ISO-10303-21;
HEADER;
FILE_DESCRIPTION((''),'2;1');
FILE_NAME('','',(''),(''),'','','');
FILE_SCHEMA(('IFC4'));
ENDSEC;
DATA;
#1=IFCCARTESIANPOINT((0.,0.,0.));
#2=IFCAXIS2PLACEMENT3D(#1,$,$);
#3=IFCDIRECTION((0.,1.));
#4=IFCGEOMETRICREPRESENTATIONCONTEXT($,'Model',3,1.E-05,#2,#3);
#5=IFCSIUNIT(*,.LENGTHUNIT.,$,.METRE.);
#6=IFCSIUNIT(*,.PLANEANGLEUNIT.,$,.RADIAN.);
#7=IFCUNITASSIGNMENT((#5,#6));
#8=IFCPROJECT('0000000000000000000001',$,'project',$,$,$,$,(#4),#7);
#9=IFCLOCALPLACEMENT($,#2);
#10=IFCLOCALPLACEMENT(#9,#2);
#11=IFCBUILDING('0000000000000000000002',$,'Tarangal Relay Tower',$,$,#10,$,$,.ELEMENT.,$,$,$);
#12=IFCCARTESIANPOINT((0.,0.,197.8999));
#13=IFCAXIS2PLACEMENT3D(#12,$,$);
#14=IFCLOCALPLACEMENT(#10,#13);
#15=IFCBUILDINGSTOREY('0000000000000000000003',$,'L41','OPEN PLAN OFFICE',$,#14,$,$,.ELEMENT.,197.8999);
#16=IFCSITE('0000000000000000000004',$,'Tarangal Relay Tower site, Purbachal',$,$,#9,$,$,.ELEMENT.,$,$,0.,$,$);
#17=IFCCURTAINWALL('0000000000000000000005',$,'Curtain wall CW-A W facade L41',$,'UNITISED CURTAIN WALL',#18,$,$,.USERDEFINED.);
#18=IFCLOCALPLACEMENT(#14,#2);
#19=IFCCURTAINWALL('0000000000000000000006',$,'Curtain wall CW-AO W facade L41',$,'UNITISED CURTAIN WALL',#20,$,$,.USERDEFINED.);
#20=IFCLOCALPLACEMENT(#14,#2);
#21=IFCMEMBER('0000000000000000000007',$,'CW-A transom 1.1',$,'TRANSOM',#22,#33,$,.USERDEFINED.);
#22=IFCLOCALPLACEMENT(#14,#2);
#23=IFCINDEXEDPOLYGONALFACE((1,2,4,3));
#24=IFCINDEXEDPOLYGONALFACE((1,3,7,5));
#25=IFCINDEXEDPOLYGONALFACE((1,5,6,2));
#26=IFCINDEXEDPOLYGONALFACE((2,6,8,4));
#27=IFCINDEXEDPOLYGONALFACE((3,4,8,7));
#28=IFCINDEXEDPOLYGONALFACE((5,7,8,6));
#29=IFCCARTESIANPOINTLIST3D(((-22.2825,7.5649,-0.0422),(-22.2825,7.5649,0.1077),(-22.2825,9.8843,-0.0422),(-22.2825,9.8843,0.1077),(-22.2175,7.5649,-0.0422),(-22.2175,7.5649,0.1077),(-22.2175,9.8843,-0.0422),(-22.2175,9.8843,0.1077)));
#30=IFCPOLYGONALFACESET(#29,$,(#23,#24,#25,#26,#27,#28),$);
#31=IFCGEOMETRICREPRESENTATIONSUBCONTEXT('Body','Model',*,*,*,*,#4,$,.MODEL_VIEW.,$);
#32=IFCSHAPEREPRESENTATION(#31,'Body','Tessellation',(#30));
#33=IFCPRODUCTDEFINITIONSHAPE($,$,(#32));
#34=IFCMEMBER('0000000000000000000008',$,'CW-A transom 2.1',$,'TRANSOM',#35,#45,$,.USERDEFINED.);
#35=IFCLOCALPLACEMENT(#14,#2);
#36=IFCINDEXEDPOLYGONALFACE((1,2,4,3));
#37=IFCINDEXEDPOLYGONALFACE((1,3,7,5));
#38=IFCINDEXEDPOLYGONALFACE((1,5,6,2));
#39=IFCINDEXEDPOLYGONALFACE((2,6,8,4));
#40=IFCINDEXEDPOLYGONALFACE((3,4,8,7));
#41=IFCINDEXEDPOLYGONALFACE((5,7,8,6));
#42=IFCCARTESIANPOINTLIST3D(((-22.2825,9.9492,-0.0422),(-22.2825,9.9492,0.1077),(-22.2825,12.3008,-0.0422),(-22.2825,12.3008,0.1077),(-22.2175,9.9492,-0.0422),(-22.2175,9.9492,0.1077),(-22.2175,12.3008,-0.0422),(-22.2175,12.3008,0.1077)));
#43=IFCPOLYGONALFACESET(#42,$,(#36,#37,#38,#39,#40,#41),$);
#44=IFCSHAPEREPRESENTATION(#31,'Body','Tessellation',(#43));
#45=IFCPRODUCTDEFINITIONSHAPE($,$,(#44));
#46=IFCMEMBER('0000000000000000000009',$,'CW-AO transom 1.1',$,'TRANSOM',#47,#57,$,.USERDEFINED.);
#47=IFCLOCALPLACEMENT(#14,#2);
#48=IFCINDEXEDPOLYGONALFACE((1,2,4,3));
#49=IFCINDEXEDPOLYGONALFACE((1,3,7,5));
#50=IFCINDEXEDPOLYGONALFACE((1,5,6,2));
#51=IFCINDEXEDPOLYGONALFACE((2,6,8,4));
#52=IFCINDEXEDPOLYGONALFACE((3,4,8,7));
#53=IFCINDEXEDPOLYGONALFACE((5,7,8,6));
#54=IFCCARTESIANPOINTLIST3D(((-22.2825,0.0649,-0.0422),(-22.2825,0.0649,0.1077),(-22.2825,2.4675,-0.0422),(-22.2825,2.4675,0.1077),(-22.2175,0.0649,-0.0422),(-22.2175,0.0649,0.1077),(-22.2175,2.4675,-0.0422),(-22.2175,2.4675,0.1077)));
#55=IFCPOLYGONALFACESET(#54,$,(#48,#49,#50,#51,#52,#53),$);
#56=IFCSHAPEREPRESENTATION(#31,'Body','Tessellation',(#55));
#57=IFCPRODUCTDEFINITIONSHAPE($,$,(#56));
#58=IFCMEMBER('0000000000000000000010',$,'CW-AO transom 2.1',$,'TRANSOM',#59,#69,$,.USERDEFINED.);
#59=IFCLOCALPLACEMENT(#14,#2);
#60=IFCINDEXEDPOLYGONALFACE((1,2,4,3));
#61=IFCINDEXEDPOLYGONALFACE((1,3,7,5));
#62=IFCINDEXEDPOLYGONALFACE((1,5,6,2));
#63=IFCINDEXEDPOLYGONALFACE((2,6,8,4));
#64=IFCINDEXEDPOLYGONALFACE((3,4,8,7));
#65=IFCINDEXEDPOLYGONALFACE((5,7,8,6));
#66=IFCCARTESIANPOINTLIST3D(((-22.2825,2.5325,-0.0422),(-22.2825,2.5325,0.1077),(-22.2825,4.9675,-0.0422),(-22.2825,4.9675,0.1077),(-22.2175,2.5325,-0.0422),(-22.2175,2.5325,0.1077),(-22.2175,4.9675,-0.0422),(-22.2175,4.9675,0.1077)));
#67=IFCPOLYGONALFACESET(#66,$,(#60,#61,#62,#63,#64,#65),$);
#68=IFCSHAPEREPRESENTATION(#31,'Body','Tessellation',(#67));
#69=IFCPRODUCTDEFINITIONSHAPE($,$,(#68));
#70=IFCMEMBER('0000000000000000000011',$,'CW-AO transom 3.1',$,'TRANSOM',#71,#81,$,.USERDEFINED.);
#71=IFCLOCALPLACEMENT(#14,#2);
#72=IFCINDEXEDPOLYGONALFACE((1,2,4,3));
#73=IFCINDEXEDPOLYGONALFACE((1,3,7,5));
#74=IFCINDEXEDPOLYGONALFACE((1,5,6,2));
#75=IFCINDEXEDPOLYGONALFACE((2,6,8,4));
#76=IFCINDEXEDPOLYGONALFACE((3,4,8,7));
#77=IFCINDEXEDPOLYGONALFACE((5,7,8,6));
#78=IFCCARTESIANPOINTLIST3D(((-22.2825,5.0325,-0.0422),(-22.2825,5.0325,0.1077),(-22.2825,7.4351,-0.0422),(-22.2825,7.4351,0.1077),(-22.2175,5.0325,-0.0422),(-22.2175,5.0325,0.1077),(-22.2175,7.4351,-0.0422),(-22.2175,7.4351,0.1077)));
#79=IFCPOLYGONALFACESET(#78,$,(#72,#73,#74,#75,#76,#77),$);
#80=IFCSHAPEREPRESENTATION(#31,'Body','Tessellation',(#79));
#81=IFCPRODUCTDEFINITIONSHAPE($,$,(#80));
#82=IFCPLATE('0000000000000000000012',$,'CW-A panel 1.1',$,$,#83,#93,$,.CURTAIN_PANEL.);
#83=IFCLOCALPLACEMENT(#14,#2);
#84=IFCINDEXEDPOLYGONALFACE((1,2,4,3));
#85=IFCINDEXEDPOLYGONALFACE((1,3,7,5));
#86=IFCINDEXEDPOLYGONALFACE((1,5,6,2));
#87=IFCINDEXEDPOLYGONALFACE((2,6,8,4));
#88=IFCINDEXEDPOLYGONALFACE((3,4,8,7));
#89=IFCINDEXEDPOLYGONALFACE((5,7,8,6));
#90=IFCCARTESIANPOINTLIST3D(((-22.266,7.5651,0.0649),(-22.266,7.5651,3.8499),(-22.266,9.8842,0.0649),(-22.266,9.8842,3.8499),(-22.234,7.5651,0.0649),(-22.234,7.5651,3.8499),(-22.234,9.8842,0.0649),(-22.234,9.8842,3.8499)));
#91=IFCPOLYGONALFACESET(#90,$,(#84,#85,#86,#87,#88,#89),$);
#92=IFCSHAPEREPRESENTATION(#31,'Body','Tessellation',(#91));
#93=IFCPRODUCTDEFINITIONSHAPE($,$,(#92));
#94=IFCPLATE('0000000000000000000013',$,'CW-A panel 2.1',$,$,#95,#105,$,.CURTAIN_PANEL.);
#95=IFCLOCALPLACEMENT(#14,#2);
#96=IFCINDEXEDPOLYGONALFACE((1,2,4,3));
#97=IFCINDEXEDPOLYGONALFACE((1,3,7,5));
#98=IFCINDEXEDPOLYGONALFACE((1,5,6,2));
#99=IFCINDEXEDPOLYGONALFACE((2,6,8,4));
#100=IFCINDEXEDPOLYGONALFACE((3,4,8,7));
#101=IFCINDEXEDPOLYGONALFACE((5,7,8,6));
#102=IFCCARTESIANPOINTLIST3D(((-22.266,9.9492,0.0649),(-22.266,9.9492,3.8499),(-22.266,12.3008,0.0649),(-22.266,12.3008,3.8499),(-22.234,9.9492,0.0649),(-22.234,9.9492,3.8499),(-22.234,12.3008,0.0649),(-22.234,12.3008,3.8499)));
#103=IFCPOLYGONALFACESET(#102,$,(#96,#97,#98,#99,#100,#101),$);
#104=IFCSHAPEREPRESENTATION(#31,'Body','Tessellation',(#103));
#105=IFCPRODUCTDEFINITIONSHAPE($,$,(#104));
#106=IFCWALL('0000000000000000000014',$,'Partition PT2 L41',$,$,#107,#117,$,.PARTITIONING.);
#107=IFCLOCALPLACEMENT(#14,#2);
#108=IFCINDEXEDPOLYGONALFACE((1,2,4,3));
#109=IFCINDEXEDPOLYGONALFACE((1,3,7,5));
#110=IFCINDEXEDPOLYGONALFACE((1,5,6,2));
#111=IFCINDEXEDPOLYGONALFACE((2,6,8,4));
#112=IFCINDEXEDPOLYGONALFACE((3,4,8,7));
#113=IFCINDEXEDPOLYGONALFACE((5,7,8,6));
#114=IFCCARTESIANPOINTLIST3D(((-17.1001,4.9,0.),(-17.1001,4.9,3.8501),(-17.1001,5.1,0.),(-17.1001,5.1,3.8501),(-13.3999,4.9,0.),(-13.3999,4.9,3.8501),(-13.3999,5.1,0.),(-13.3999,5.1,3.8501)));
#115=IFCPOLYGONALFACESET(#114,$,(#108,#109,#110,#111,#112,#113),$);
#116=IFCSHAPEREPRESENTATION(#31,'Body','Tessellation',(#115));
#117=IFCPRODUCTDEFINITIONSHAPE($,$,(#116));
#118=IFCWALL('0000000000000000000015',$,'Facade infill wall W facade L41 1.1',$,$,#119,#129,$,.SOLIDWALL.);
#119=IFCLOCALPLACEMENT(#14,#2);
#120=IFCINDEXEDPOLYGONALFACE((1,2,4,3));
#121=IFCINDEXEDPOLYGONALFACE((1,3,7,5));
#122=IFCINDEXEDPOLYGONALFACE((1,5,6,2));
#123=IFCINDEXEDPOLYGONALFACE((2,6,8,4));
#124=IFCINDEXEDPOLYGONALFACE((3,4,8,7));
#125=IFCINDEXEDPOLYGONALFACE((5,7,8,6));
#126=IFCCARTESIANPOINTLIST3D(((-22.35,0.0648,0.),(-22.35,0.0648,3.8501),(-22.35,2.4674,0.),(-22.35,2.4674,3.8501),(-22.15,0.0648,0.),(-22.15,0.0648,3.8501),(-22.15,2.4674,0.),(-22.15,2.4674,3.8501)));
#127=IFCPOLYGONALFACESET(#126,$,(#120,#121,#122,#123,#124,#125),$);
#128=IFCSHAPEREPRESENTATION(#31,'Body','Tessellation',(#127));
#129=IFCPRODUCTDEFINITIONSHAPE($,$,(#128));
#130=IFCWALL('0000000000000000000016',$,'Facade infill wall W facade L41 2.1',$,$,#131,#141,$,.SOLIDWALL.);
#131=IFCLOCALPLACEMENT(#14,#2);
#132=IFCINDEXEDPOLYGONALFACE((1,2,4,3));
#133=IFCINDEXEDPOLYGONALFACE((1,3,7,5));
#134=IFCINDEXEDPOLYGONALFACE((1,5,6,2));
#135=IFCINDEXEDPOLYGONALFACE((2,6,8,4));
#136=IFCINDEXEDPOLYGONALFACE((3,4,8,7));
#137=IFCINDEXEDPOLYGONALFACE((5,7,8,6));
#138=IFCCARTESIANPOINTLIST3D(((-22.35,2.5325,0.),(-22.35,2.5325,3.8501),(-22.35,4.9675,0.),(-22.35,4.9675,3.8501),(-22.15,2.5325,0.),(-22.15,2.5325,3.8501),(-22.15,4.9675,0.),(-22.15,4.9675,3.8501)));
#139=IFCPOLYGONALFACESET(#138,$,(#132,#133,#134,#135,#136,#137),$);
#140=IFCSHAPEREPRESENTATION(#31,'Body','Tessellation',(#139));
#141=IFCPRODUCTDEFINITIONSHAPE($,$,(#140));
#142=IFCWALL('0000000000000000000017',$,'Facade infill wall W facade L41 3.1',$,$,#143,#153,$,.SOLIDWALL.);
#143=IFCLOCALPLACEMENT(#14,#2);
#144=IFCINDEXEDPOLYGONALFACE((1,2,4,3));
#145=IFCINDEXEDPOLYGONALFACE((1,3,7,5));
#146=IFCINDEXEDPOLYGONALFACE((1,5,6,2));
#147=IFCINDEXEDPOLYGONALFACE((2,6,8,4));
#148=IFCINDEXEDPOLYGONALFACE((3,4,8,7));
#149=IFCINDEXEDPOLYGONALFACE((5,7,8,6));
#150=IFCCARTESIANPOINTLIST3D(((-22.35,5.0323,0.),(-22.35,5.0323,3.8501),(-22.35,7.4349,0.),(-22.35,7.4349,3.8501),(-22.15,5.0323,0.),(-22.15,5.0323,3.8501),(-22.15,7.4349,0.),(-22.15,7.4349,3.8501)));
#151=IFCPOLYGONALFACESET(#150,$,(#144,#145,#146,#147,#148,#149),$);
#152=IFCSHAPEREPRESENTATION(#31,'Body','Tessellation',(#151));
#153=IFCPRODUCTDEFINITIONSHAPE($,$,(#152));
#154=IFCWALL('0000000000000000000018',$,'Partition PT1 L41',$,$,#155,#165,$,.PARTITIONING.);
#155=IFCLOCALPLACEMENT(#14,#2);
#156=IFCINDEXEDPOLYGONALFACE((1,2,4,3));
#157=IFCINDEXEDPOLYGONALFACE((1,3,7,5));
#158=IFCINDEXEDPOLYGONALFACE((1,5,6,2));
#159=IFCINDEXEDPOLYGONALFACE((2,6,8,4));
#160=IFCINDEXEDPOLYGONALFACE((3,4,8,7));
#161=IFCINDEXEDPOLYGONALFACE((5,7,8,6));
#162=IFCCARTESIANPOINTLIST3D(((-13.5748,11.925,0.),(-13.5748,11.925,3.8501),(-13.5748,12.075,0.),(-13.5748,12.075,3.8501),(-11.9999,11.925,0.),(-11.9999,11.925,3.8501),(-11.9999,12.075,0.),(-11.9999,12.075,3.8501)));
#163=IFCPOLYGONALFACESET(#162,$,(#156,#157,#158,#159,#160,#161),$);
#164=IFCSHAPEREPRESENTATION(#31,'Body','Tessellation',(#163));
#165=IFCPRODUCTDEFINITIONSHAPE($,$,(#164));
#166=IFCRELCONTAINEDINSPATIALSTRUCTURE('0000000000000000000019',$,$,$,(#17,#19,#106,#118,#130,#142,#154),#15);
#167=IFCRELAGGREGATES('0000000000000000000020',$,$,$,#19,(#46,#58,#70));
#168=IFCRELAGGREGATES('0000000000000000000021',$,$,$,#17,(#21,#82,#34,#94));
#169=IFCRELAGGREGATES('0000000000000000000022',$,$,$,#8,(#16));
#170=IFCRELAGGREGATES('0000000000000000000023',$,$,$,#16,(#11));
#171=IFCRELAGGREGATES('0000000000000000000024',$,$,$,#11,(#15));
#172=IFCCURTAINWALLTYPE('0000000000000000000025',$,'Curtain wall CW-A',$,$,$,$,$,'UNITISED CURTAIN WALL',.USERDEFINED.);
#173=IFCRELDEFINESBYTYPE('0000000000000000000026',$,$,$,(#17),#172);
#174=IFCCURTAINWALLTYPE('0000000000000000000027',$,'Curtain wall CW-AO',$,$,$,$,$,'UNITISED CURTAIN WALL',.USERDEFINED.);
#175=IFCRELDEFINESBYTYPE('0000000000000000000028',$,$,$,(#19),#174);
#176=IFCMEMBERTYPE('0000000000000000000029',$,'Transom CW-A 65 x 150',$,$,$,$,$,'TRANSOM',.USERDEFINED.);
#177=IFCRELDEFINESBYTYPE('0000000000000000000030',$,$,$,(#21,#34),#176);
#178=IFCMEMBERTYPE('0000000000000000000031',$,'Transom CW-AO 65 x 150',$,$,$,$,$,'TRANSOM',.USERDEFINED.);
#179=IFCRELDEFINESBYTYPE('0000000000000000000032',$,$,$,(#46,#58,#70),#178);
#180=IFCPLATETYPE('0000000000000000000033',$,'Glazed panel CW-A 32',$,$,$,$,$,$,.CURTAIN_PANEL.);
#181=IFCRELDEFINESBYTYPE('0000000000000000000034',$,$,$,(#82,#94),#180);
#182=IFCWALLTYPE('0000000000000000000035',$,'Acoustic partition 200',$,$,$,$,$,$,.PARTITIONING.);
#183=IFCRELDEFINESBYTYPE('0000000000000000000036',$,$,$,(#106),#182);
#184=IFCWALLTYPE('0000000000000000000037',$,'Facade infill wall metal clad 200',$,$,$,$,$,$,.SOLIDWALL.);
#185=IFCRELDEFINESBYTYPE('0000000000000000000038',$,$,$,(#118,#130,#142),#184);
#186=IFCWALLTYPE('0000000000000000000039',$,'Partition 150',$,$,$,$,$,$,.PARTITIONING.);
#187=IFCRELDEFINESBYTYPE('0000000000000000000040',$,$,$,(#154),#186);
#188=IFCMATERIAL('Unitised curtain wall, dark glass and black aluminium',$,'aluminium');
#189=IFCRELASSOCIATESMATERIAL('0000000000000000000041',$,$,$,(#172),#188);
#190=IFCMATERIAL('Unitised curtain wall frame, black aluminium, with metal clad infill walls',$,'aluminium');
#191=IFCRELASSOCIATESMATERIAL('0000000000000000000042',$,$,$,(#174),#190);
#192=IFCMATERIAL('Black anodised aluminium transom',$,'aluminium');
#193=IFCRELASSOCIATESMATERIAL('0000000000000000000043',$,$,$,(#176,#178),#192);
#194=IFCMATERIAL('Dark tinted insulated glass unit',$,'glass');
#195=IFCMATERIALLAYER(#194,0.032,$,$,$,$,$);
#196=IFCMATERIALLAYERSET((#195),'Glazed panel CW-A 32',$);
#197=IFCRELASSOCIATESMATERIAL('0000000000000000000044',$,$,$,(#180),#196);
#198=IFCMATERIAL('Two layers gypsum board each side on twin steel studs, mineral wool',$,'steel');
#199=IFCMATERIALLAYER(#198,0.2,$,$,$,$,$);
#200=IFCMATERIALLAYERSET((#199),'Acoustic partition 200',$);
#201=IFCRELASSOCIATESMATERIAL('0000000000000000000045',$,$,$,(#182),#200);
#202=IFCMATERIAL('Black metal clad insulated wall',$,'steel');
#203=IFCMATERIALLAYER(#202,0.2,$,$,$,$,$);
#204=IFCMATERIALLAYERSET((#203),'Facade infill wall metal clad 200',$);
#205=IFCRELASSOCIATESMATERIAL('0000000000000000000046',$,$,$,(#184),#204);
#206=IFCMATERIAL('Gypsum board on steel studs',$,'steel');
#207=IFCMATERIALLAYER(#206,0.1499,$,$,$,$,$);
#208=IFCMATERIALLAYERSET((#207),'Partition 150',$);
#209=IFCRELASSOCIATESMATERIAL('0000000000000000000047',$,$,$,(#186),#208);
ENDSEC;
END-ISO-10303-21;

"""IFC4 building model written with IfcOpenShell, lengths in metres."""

from ifc_helpers import new_model, si_unit, direction, frame, frame_2d, origin, origin_2d, place, context, subcontext, project, spatial, rectangle, extrude, material, layer, layer_set, material_profile, profile_set, type_object, element, aggregate, save


model = new_model("IFC4")

# Units and contexts
model_context = context("Model", 3, precision=1e-05, world=origin(), true_north=direction((0.0, 1.0)))
body_context = subcontext(model_context, "Body", "Model", "MODEL_VIEW")
ifc_project = project(units=[si_unit("LENGTHUNIT", "METRE"), si_unit("PLANEANGLEUNIT", "RADIAN")], contexts=[model_context])

# Site, building, storey
site_placement = place(None, origin())
site = spatial("IfcSite", under=ifc_project, at=site_placement, Name="Tarangal Relay Tower site, Purbachal", CompositionType="ELEMENT", RefElevation=0.0)
building_placement = place(site_placement, origin())
building = spatial("IfcBuilding", under=site, at=building_placement, Name="Tarangal Relay Tower", CompositionType="ELEMENT")
storey_placement = place(building_placement, frame((0.0, 0.0, 197.8999)))
storey = spatial("IfcBuildingStorey", under=building, at=storey_placement, Name="L41", Description="OPEN PLAN OFFICE", CompositionType="ELEMENT", Elevation=197.8999)

# Curtain walls
ifc_material_1 = material(Name="Unitised curtain wall, dark glass and black aluminium", Category="aluminium")
curtain_wall_type_1 = type_object("IfcCurtainWallType", Name="Curtain wall CW-A", ElementType="UNITISED CURTAIN WALL", PredefinedType="USERDEFINED", material=ifc_material_1)
curtain_wall_1_placement = place(storey_placement, origin())
curtain_wall_1 = element("IfcCurtainWall", 1, at=curtain_wall_1_placement, inside=storey, type_object=curtain_wall_type_1, Name="Curtain wall CW-A W facade L41", ObjectType="UNITISED CURTAIN WALL", PredefinedType="USERDEFINED")
ifc_material_2 = material(Name="Unitised curtain wall frame, black aluminium, with metal clad infill walls", Category="aluminium")
curtain_wall_type_2 = type_object("IfcCurtainWallType", Name="Curtain wall CW-AO", ElementType="UNITISED CURTAIN WALL", PredefinedType="USERDEFINED", material=ifc_material_2)
curtain_wall_2_placement = place(storey_placement, origin())
curtain_wall_2 = element("IfcCurtainWall", 2, at=curtain_wall_2_placement, inside=storey, type_object=curtain_wall_type_2, Name="Curtain wall CW-AO W facade L41", ObjectType="UNITISED CURTAIN WALL", PredefinedType="USERDEFINED")

# Members
ifc_material_3 = material(Name="Black anodised aluminium transom", Category="aluminium")
ifc_material_profile_1 = material_profile(ifc_material_3, rectangle(XDim=0.0649, YDim=0.1499, at=origin_2d()), Name="CW-AT 65X150")
ifc_profile_set_1 = profile_set([ifc_material_profile_1], Name="Black anodised aluminium transom")
member_type_1 = type_object("IfcMemberType", Name="Transom CW-A 65 x 150", ElementType="TRANSOM", PredefinedType="USERDEFINED", material=ifc_profile_set_1)
member_1_placement = place(storey_placement, frame((-22.25, 7.5649, 0.0327), z_axis=(0.0, 1.0, 0.0), x_axis=(-1.0, 0.0, 0.0)))
member_1 = element("IfcMember", 3, at=member_1_placement, type_object=member_type_1, Name="CW-A transom 1.1", ObjectType="TRANSOM", PredefinedType="USERDEFINED", context=body_context, shape_type="SweptSolid", body=[
    extrude(rectangle(XDim=0.0649, YDim=0.1499, at=origin_2d()), origin(), (0.0, 0.0, 1.0), 2.3193),
])
member_2_placement = place(storey_placement, frame((-22.25, 9.9492, 0.0327), z_axis=(0.0, 1.0, 0.0), x_axis=(-1.0, 0.0, 0.0)))
member_2 = element("IfcMember", 4, at=member_2_placement, type_object=member_type_1, Name="CW-A transom 2.1", ObjectType="TRANSOM", PredefinedType="USERDEFINED", context=body_context, shape_type="SweptSolid", body=[
    extrude(rectangle(XDim=0.0649, YDim=0.1499, at=origin_2d()), origin(), (0.0, 0.0, 1.0), 2.3516),
])
ifc_material_profile_2 = material_profile(ifc_material_3, rectangle(XDim=0.0649, YDim=0.1499, at=origin_2d()), Name="CW-AOT 65X150")
ifc_profile_set_2 = profile_set([ifc_material_profile_2], Name="Black anodised aluminium transom")
member_type_2 = type_object("IfcMemberType", Name="Transom CW-AO 65 x 150", ElementType="TRANSOM", PredefinedType="USERDEFINED", material=ifc_profile_set_2)
member_3_placement = place(storey_placement, frame((-22.25, 0.0649, 0.0327), z_axis=(0.0, 1.0, 0.0), x_axis=(-1.0, 0.0, 0.0)))
member_3 = element("IfcMember", 5, at=member_3_placement, type_object=member_type_2, Name="CW-AO transom 1.1", ObjectType="TRANSOM", PredefinedType="USERDEFINED", context=body_context, shape_type="SweptSolid", body=[
    extrude(rectangle(XDim=0.0649, YDim=0.1499, at=origin_2d()), origin(), (0.0, 0.0, 1.0), 2.4026),
])
member_4_placement = place(storey_placement, frame((-22.25, 2.5325, 0.0327), z_axis=(0.0, 1.0, 0.0), x_axis=(-1.0, 0.0, 0.0)))
member_4 = element("IfcMember", 6, at=member_4_placement, type_object=member_type_2, Name="CW-AO transom 2.1", ObjectType="TRANSOM", PredefinedType="USERDEFINED", context=body_context, shape_type="SweptSolid", body=[
    extrude(rectangle(XDim=0.0649, YDim=0.1499, at=origin_2d()), origin(), (0.0, 0.0, 1.0), 2.4351),
])
member_5_placement = place(storey_placement, frame((-22.25, 5.0325, 0.0327), z_axis=(0.0, 1.0, 0.0), x_axis=(-1.0, 0.0, 0.0)))
member_5 = element("IfcMember", 7, at=member_5_placement, type_object=member_type_2, Name="CW-AO transom 3.1", ObjectType="TRANSOM", PredefinedType="USERDEFINED", context=body_context, shape_type="SweptSolid", body=[
    extrude(rectangle(XDim=0.0649, YDim=0.1499, at=origin_2d()), origin(), (0.0, 0.0, 1.0), 2.4026),
])
aggregate(curtain_wall_2, [member_3, member_4, member_5])

# Plates
ifc_material_4 = material(Name="Dark tinted insulated glass unit", Category="glass")
ifc_layer_1 = layer(ifc_material_4, 0.032)
ifc_layer_set_1 = layer_set([ifc_layer_1], Name="Glazed panel CW-A 32")
plate_type = type_object("IfcPlateType", Name="Glazed panel CW-A 32", PredefinedType="CURTAIN_PANEL", material=ifc_layer_set_1)
plate_1_placement = place(storey_placement, frame((-22.25, 8.7246, 0.0649), z_axis=(0.0, 0.0, 1.0), x_axis=(0.0, 1.0, 0.0)))
plate_1 = element("IfcPlate", 8, at=plate_1_placement, type_object=plate_type, Name="CW-A panel 1.1", PredefinedType="CURTAIN_PANEL", context=body_context, shape_type="SweptSolid", body=[
    extrude(rectangle(XDim=2.3191, YDim=0.032, at=origin_2d()), origin(), (0.0, 0.0, 1.0), 3.7849),
])
plate_2_placement = place(storey_placement, frame((-22.25, 11.125, 0.0649), z_axis=(0.0, 0.0, 1.0), x_axis=(0.0, 1.0, 0.0)))
plate_2 = element("IfcPlate", 9, at=plate_2_placement, type_object=plate_type, Name="CW-A panel 2.1", PredefinedType="CURTAIN_PANEL", context=body_context, shape_type="SweptSolid", body=[
    extrude(rectangle(XDim=2.3516, YDim=0.032, at=origin_2d()), origin(), (0.0, 0.0, 1.0), 3.7849),
])
aggregate(curtain_wall_1, [member_1, plate_1, member_2, plate_2])

# Wall
ifc_material_5 = material(Name="Two layers gypsum board each side on twin steel studs, mineral wool", Category="steel")
ifc_layer_2 = layer(ifc_material_5, 0.2)
ifc_layer_set_2 = layer_set([ifc_layer_2], Name="Acoustic partition 200")
wall_type_1 = type_object("IfcWallType", Name="Acoustic partition 200", PredefinedType="PARTITIONING", material=ifc_layer_set_2)
wall_1_placement = place(storey_placement, frame((-17.1001, 5.0, 0.0), z_axis=(0.0, 0.0, 1.0), x_axis=(1.0, 0.0, 0.0)))
element("IfcWall", 10, at=wall_1_placement, inside=storey, type_object=wall_type_1, Name="Partition PT2 L41", PredefinedType="PARTITIONING", context=body_context, shape_type="SweptSolid", body=[
    extrude(rectangle(XDim=3.7002, YDim=0.2, at=frame_2d((1.8501, 0.0))), origin(), (0.0, 0.0, 1.0), 3.8501),
])

# Walls
ifc_material_6 = material(Name="Black metal clad insulated wall", Category="steel")
ifc_layer_3 = layer(ifc_material_6, 0.2)
ifc_layer_set_3 = layer_set([ifc_layer_3], Name="Facade infill wall metal clad 200")
wall_type_2 = type_object("IfcWallType", Name="Facade infill wall metal clad 200", PredefinedType="SOLIDWALL", material=ifc_layer_set_3)
wall_2_placement = place(storey_placement, frame((-22.25, 0.0649, 0.0), z_axis=(0.0, 0.0, 1.0), x_axis=(0.0, 1.0, 0.0)))
element("IfcWall", 11, at=wall_2_placement, inside=storey, type_object=wall_type_2, Name="Facade infill wall W facade L41 1.1", PredefinedType="SOLIDWALL", context=body_context, shape_type="SweptSolid", body=[
    extrude(rectangle(XDim=2.4026, YDim=0.2, at=frame_2d((1.2012, 0.0))), origin(), (0.0, 0.0, 1.0), 3.8501),
])
wall_3_placement = place(storey_placement, frame((-22.25, 2.5325, 0.0), z_axis=(0.0, 0.0, 1.0), x_axis=(0.0, 1.0, 0.0)))
element("IfcWall", 12, at=wall_3_placement, inside=storey, type_object=wall_type_2, Name="Facade infill wall W facade L41 2.1", PredefinedType="SOLIDWALL", context=body_context, shape_type="SweptSolid", body=[
    extrude(rectangle(XDim=2.4351, YDim=0.2, at=frame_2d((1.2175, 0.0))), origin(), (0.0, 0.0, 1.0), 3.8501),
])
wall_4_placement = place(storey_placement, frame((-22.25, 5.0325, 0.0), z_axis=(0.0, 0.0, 1.0), x_axis=(0.0, 1.0, 0.0)))
element("IfcWall", 13, at=wall_4_placement, inside=storey, type_object=wall_type_2, Name="Facade infill wall W facade L41 3.1", PredefinedType="SOLIDWALL", context=body_context, shape_type="SweptSolid", body=[
    extrude(rectangle(XDim=2.4026, YDim=0.2, at=frame_2d((1.2012, 0.0))), origin(), (0.0, 0.0, 1.0), 3.8501),
])
ifc_material_7 = material(Name="Gypsum board on steel studs", Category="steel")
ifc_layer_4 = layer(ifc_material_7, 0.1499)
ifc_layer_set_4 = layer_set([ifc_layer_4], Name="Partition 150")
wall_type_3 = type_object("IfcWallType", Name="Partition 150", PredefinedType="PARTITIONING", material=ifc_layer_set_4)
wall_5_placement = place(storey_placement, frame((-13.575, 12.0, 0.0), z_axis=(0.0, 0.0, 1.0), x_axis=(1.0, 0.0, 0.0)))
element("IfcWall", 14, at=wall_5_placement, inside=storey, type_object=wall_type_3, Name="Partition PT1 L41", PredefinedType="PARTITIONING", context=body_context, shape_type="SweptSolid", body=[
    extrude(rectangle(XDim=1.575, YDim=0.1499, at=frame_2d((0.7876, 0.0))), origin(), (0.0, 0.0, 1.0), 3.8501),
])

save(model, "model.ifc")
